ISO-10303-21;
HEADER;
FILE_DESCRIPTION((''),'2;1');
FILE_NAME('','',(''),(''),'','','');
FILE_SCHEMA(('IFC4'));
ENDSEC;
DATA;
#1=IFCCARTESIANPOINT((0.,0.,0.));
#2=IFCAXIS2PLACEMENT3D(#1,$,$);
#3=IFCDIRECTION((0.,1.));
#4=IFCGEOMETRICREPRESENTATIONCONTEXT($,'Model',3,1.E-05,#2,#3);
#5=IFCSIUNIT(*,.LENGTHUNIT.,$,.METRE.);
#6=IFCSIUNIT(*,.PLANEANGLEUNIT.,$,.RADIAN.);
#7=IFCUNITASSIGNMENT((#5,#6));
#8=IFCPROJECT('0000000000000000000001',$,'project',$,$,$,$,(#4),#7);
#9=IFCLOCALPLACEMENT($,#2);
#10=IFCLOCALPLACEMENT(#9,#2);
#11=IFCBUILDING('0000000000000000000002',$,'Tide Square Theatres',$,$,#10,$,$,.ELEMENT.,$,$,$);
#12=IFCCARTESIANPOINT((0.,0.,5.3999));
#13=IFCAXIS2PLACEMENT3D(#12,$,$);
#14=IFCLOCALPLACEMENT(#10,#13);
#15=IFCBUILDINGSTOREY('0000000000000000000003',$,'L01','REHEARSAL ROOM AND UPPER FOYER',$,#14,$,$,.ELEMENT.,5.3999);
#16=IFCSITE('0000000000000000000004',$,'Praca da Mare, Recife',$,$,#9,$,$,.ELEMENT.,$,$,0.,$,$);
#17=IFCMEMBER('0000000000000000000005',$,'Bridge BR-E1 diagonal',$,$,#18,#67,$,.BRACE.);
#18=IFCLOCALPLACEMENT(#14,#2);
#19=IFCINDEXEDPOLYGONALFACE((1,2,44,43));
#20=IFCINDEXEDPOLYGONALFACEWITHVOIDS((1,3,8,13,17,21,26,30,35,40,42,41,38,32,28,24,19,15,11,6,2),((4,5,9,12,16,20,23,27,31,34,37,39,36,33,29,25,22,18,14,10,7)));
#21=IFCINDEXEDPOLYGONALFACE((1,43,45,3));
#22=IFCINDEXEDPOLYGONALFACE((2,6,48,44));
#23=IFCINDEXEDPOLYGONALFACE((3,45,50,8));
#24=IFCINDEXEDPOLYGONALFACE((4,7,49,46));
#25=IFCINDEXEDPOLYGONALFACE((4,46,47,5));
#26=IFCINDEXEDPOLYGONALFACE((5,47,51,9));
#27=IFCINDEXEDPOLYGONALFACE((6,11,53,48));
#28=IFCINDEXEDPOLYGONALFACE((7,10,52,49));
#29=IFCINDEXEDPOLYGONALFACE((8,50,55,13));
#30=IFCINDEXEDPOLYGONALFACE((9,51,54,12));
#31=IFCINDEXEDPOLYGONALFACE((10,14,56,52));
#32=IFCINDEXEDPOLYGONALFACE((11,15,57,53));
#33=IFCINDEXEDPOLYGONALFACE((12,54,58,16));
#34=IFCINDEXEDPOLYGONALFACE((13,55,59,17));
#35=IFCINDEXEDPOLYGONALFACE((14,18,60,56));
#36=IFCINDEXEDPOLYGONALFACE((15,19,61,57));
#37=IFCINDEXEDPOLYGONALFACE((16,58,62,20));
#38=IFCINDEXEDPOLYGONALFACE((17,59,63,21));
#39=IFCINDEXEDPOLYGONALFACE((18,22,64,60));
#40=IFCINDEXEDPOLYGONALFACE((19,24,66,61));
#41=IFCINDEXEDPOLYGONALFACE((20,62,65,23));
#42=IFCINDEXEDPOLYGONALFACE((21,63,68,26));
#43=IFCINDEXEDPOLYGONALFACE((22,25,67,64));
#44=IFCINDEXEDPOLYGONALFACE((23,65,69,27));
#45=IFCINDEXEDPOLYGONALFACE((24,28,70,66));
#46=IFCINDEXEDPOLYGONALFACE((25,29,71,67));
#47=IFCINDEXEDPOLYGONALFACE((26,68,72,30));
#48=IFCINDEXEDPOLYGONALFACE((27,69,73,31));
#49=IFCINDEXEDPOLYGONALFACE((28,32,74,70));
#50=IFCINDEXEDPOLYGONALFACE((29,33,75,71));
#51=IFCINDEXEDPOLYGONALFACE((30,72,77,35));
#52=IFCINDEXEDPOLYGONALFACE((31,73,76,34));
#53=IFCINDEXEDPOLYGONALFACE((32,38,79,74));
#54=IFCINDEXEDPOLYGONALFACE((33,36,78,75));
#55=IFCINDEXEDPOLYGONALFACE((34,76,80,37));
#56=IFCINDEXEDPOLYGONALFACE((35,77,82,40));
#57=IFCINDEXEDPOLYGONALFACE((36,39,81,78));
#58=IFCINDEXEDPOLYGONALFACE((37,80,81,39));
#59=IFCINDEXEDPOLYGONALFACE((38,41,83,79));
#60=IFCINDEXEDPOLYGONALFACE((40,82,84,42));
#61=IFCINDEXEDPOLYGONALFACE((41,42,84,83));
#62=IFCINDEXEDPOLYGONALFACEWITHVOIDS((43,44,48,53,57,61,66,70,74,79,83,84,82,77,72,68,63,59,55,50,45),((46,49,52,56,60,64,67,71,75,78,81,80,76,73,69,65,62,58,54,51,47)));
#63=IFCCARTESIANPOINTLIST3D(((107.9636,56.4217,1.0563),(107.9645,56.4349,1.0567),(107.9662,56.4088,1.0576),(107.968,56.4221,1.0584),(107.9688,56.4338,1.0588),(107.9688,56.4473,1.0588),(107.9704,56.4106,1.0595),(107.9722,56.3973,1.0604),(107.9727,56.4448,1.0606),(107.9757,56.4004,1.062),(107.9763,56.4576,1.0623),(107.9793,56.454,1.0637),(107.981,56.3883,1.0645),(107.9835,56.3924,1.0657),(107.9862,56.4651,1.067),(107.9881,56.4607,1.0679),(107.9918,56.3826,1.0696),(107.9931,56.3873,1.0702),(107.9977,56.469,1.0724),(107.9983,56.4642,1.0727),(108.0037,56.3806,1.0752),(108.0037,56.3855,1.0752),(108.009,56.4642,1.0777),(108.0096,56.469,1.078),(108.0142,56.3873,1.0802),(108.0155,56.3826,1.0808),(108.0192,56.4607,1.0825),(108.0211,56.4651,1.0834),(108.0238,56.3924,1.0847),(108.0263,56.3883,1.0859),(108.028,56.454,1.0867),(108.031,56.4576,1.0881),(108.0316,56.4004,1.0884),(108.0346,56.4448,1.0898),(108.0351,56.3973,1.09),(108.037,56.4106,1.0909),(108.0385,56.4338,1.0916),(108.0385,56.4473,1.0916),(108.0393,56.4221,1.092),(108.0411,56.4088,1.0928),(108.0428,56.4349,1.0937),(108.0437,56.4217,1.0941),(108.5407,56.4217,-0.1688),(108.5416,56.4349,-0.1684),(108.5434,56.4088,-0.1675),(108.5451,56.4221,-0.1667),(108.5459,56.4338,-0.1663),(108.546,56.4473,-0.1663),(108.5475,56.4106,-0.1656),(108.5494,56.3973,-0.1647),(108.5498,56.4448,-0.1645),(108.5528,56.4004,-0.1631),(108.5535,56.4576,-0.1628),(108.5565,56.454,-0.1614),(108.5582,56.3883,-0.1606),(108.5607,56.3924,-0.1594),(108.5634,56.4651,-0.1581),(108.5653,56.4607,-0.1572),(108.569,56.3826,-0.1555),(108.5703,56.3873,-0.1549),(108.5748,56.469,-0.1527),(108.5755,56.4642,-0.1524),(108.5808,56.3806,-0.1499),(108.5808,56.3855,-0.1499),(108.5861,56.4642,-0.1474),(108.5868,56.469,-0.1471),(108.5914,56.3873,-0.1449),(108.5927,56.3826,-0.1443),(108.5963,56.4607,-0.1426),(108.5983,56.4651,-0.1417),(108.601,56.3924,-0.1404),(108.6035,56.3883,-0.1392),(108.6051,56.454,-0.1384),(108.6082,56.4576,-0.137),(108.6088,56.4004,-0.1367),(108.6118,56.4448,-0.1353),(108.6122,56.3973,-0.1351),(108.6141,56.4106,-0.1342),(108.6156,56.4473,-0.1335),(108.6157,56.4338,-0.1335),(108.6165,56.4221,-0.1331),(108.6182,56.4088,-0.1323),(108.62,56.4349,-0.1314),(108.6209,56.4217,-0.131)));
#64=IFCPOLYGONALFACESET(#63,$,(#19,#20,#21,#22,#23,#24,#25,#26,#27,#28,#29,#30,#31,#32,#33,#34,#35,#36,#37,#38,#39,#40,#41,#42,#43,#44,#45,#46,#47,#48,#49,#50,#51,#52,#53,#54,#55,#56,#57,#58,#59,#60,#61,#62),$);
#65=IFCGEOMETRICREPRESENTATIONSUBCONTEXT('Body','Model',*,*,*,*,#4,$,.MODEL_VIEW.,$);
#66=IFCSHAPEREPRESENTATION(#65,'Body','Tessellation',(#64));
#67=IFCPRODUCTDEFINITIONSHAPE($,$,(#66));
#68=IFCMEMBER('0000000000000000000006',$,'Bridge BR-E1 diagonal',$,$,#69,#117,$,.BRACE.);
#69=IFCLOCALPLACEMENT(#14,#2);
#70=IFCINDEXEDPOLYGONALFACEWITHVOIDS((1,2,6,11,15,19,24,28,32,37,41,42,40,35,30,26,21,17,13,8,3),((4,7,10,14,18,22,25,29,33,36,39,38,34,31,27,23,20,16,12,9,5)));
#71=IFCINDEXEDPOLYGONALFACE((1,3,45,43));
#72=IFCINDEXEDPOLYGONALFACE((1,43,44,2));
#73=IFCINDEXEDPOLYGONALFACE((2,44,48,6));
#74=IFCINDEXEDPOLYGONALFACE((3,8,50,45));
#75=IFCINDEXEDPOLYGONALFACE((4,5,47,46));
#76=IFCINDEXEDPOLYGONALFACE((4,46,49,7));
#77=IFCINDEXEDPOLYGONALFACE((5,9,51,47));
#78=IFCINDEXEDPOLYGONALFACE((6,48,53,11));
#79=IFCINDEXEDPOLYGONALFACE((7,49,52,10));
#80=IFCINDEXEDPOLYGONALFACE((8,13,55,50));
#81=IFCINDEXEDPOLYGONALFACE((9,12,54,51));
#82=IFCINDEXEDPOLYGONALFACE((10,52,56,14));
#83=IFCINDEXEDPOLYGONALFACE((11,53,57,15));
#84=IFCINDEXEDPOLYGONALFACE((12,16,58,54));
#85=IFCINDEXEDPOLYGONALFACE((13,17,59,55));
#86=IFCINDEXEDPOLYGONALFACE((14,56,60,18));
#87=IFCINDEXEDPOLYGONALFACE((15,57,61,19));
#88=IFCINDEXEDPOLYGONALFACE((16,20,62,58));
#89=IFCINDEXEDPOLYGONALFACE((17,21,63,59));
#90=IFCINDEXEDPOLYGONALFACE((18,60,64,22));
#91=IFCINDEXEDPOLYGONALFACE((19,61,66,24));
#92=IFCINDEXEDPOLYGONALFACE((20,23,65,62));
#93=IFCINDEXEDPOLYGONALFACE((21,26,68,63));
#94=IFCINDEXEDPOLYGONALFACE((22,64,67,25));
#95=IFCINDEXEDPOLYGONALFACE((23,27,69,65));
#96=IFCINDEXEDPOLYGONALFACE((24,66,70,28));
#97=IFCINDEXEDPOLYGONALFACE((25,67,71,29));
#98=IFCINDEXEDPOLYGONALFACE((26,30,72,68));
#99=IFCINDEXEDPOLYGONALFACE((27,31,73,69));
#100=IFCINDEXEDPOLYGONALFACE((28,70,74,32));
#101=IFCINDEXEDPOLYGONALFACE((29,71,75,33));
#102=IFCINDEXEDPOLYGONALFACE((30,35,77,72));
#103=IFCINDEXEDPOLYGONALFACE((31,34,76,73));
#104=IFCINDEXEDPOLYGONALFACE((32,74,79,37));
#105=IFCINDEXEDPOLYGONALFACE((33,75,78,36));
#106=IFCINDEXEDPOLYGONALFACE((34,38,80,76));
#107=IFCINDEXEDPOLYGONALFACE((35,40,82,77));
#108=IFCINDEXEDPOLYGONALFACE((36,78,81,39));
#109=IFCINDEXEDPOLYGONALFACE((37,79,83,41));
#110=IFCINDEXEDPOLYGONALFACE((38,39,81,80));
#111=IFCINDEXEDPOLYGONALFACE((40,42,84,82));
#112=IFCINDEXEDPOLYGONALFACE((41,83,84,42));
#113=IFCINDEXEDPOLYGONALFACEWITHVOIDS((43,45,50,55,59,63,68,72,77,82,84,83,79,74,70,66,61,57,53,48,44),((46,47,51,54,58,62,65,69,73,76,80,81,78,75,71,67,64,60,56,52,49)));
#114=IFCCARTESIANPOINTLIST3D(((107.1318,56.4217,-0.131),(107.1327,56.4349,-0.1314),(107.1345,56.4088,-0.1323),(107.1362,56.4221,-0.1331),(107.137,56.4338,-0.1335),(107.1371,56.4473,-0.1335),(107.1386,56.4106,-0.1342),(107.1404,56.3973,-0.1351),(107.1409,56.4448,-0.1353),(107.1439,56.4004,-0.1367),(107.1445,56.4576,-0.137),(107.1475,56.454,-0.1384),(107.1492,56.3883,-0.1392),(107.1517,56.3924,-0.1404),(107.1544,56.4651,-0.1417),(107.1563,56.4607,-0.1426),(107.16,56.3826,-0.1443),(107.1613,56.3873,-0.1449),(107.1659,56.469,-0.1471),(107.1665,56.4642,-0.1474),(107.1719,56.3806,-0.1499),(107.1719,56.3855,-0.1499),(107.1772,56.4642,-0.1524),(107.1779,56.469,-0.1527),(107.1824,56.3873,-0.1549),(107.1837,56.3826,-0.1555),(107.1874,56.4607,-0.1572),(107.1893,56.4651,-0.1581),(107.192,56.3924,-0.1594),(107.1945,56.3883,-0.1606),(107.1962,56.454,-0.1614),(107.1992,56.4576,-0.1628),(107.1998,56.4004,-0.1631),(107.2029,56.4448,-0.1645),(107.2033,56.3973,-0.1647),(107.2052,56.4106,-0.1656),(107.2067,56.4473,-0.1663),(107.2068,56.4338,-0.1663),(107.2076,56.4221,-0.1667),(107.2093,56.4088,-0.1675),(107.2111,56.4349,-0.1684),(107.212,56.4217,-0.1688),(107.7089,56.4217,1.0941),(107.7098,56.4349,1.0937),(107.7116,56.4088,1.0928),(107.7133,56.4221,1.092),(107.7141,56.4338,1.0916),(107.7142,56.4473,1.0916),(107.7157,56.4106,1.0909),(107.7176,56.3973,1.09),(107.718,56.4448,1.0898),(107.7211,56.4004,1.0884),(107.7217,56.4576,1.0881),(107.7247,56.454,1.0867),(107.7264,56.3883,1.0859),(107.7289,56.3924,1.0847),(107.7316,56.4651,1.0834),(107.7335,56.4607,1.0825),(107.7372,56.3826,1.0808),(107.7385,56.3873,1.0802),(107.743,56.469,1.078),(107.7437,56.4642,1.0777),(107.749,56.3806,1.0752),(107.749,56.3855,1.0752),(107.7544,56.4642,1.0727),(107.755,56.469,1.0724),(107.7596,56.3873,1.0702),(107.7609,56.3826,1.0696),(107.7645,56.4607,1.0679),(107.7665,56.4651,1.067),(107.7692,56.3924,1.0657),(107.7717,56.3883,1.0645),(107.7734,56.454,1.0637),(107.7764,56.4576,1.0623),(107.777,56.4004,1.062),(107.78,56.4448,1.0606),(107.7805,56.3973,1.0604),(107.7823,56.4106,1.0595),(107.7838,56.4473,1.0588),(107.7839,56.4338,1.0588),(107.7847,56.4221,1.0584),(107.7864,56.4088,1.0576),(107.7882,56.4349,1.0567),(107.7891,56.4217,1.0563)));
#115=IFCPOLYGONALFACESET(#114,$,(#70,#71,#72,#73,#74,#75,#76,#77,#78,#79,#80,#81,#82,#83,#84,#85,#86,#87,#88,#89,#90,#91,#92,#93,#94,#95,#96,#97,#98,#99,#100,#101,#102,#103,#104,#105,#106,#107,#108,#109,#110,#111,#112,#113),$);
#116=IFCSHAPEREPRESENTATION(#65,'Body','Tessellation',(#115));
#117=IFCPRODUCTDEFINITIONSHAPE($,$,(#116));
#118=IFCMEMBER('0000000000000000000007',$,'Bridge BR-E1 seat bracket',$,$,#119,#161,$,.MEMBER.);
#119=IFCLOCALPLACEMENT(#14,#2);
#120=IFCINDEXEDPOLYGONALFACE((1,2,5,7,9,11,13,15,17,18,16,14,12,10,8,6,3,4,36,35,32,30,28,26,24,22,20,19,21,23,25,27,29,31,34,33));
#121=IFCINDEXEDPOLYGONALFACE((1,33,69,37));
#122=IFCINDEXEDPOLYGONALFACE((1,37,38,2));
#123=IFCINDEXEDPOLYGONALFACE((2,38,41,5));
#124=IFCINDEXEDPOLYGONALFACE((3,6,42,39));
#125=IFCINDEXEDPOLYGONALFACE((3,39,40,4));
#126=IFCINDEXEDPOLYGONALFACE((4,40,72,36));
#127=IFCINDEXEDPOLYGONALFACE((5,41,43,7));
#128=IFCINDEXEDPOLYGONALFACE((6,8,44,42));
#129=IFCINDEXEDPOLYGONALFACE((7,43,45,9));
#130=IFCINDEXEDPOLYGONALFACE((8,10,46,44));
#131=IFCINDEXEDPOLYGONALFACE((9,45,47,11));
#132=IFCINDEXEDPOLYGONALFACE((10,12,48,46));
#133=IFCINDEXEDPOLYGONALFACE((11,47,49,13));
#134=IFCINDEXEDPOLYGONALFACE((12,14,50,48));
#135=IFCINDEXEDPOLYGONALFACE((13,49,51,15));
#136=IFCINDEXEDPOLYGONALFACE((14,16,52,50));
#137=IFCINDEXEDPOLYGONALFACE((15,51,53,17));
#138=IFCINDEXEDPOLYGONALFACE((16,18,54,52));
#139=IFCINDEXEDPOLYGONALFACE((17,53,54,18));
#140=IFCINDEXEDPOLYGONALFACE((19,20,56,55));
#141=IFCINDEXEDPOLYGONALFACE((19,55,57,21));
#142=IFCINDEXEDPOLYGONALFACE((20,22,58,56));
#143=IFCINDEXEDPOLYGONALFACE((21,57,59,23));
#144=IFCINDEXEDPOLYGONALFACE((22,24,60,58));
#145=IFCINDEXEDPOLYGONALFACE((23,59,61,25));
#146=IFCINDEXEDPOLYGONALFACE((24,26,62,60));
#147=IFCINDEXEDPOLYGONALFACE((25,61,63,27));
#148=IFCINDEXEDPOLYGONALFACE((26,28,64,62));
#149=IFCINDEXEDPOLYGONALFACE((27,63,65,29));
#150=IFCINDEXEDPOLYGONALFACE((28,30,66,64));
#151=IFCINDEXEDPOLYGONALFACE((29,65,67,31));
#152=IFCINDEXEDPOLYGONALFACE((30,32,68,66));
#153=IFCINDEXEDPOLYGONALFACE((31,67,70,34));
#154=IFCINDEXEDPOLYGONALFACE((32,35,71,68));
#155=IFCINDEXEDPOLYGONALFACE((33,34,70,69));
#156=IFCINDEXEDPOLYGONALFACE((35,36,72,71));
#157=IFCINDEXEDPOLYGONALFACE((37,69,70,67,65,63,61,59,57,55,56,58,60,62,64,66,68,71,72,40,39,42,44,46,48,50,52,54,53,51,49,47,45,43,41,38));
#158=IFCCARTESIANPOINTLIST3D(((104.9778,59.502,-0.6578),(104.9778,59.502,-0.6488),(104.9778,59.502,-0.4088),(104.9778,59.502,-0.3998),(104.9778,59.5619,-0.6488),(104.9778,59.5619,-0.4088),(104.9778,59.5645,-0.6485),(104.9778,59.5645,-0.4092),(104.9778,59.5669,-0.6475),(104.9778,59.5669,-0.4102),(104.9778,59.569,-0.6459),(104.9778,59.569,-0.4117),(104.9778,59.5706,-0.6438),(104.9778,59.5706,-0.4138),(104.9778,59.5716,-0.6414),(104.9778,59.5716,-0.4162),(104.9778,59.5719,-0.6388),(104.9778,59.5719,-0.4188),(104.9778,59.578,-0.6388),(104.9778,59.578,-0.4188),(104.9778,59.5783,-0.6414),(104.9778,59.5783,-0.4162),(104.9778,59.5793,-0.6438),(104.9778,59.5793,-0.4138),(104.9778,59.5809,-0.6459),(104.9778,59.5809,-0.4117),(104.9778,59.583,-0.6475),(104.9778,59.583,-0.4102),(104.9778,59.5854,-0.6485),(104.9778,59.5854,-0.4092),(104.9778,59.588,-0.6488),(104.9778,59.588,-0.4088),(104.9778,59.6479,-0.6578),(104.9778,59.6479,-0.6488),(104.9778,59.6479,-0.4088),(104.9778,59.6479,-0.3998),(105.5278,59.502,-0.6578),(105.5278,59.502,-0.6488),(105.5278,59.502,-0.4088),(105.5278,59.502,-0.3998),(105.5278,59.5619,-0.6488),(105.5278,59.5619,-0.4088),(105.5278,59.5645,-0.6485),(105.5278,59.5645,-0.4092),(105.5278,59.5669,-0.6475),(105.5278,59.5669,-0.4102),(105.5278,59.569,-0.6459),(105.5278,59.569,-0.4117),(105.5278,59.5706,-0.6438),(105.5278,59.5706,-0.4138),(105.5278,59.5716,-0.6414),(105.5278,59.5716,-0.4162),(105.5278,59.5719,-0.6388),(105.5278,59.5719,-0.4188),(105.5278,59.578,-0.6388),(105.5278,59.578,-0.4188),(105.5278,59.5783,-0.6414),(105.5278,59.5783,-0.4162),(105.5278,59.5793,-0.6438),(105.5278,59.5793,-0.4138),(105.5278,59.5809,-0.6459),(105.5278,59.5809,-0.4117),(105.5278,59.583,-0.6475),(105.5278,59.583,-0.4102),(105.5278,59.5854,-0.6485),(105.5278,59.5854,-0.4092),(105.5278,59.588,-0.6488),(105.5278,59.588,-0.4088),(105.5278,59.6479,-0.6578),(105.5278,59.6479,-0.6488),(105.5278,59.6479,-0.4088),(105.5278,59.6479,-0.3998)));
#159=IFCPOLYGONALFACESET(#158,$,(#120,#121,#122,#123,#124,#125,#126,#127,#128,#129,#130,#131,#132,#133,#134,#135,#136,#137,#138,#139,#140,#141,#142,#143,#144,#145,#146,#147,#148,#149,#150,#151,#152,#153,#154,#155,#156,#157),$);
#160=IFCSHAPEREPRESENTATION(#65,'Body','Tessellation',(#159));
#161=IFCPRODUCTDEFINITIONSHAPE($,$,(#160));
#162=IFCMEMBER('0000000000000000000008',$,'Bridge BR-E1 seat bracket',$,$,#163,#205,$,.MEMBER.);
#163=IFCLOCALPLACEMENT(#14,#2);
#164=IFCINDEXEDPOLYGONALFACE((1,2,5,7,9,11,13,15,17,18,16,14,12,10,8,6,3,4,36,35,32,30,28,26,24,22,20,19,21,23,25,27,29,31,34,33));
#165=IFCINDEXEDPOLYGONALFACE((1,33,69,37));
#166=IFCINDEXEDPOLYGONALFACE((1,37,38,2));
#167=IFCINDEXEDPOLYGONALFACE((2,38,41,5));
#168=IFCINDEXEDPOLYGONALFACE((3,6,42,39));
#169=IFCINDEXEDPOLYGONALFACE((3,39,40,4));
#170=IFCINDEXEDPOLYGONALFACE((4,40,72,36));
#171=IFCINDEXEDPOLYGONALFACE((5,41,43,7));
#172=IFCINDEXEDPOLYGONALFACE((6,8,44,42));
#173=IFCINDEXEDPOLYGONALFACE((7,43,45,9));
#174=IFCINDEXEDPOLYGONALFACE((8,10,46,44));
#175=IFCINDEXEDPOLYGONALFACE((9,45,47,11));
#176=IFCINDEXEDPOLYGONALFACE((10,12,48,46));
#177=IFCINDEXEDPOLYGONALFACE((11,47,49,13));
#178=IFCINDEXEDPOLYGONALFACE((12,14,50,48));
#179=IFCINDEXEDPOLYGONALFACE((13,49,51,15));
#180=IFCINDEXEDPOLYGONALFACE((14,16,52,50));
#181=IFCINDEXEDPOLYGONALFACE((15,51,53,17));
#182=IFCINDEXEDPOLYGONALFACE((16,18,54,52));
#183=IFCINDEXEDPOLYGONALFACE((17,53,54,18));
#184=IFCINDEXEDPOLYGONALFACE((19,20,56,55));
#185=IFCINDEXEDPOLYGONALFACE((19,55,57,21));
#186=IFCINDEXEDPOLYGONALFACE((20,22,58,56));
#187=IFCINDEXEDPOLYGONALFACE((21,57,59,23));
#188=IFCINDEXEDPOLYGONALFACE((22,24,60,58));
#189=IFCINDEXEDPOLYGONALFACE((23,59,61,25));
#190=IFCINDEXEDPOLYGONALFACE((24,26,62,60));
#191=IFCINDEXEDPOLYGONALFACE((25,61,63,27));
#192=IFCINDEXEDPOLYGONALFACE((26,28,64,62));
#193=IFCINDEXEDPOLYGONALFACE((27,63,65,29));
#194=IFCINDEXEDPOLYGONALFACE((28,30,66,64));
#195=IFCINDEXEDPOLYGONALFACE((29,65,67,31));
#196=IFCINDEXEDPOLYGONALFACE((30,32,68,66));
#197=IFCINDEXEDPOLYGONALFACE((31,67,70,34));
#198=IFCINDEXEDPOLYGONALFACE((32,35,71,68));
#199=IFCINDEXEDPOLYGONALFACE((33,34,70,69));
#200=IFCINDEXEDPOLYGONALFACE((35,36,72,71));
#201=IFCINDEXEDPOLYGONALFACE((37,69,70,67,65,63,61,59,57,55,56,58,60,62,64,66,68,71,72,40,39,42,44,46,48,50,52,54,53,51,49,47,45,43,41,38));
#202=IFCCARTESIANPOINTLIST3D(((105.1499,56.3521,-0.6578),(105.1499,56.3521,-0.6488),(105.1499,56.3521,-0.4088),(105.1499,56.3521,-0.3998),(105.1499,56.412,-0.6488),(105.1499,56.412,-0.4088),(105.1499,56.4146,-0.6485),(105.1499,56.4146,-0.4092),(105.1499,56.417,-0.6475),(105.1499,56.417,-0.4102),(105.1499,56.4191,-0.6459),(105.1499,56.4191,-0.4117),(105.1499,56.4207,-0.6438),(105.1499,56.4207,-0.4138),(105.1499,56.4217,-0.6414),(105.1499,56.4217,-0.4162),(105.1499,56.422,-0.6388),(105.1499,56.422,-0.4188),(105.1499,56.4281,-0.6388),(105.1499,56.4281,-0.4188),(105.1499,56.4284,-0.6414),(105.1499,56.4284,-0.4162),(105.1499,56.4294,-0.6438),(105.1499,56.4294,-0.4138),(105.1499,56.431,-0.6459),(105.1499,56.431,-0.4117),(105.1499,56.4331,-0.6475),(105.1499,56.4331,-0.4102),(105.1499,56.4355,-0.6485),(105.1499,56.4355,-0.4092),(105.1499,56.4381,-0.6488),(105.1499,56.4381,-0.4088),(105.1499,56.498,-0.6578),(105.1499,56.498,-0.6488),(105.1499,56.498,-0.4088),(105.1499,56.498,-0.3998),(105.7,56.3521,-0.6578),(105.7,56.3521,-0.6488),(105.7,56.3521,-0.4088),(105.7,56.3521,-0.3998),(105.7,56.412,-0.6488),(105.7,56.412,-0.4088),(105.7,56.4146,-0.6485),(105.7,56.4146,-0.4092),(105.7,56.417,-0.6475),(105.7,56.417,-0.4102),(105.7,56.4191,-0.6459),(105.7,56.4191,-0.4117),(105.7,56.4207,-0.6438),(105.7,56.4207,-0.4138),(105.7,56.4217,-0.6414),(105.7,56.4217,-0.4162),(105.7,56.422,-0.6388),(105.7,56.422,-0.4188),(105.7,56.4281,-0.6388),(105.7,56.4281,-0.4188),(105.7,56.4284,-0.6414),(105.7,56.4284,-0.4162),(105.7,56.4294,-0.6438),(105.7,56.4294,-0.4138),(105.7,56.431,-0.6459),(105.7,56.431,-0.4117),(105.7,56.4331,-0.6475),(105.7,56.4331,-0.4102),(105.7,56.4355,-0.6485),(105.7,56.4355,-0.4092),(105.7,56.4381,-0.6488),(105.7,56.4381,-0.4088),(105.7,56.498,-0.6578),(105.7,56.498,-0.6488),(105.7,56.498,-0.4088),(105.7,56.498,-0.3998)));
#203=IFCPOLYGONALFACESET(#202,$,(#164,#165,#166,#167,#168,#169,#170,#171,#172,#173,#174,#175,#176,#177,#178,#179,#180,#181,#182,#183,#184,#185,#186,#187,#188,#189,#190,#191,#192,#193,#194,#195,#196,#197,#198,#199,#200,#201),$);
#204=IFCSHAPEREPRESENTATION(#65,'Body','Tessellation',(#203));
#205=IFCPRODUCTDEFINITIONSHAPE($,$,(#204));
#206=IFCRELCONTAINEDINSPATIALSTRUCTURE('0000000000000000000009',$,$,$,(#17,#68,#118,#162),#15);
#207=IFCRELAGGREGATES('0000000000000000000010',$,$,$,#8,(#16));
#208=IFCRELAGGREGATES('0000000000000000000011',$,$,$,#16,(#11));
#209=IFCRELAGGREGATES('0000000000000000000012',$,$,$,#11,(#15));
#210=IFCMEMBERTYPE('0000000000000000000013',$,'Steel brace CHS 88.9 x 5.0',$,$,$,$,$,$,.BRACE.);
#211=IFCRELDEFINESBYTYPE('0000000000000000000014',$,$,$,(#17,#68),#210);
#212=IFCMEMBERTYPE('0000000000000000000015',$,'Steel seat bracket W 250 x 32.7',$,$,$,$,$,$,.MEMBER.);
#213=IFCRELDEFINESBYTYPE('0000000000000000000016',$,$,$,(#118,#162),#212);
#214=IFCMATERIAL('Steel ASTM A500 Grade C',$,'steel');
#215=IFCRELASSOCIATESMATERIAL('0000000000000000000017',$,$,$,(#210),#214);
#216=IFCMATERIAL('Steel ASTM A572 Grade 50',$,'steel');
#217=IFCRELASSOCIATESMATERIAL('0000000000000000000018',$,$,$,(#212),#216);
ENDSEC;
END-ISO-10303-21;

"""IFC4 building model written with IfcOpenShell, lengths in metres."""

from ifc_helpers import new_model, si_unit, direction, frame, origin, origin_2d, place, context, subcontext, project, spatial, hollow_circle, i_section, extrude, material, material_profile, profile_set, type_object, element, save


model = new_model("IFC4")

# Units and contexts
model_context = context("Model", 3, precision=1e-05, world=origin(), true_north=direction((0.0, 1.0)))
body_context = subcontext(model_context, "Body", "Model", "MODEL_VIEW")
ifc_project = project(units=[si_unit("LENGTHUNIT", "METRE"), si_unit("PLANEANGLEUNIT", "RADIAN")], contexts=[model_context])

# Site, building, storey
site_placement = place(None, origin())
site = spatial("IfcSite", under=ifc_project, at=site_placement, Name="Praca da Mare, Recife", CompositionType="ELEMENT", RefElevation=0.0)
building_placement = place(site_placement, origin())
building = spatial("IfcBuilding", under=site, at=building_placement, Name="Tide Square Theatres", CompositionType="ELEMENT")
storey_placement = place(building_placement, frame((0.0, 0.0, 5.3999)))
storey = spatial("IfcBuildingStorey", under=building, at=storey_placement, Name="L01", Description="REHEARSAL ROOM AND UPPER FOYER", CompositionType="ELEMENT", Elevation=5.3999)

# Members
ifc_material_1 = material(Name="Steel ASTM A500 Grade C", Category="steel")
ifc_material_profile_1 = material_profile(ifc_material_1, hollow_circle(Radius=0.0444, WallThickness=0.0049, at=origin_2d()))
ifc_profile_set_1 = profile_set([ifc_material_profile_1], Name="Steel ASTM A500 Grade C")
member_type_1 = type_object("IfcMemberType", Name="Steel brace CHS 88.9 x 5.0", PredefinedType="BRACE", material=ifc_profile_set_1)
for number, where, z_axis, x_axis, name in (
    (1, (108.5808, 56.425, -0.1499), (-0.426179, 0.0, 0.904639), (0.0, -1.0, 0.0), "Bridge BR-E1 diagonal"),
    (2, (107.749, 56.425, 1.0752), (-0.426179, 0.0, -0.904639), (0.0, -1.0, 0.0), "Bridge BR-E1 diagonal"),
):
    element("IfcMember", number, at=place(storey_placement, frame(where, z_axis=z_axis, x_axis=x_axis)), inside=storey, type_object=member_type_1, Name=name, PredefinedType="BRACE", context=body_context, shape_type="SweptSolid", body=[
        extrude(hollow_circle(Radius=0.0444, WallThickness=0.0049, at=origin_2d()), origin(), (0.0, 0.0, 1.0), 1.3542),
    ])
ifc_material_2 = material(Name="Steel ASTM A572 Grade 50", Category="steel")
ifc_material_profile_2 = material_profile(ifc_material_2, i_section(OverallWidth=0.146, OverallDepth=0.2581, WebThickness=0.0061, FlangeThickness=0.009, FilletRadius=0.01, at=origin_2d()))
ifc_profile_set_2 = profile_set([ifc_material_profile_2], Name="Steel ASTM A572 Grade 50")
member_type_2 = type_object("IfcMemberType", Name="Steel seat bracket W 250 x 32.7", PredefinedType="MEMBER", material=ifc_profile_set_2)
for number, where, z_axis, x_axis, name in (
    (3, (104.9778, 59.575, -0.5288), (1.0, 0.0, 0.0), (0.0, 1.0, 0.0), "Bridge BR-E1 seat bracket"),
    (4, (105.1499, 56.425, -0.5288), (1.0, 0.0, 0.0), (0.0, 1.0, 0.0), "Bridge BR-E1 seat bracket"),
):
    element("IfcMember", number, at=place(storey_placement, frame(where, z_axis=z_axis, x_axis=x_axis)), inside=storey, type_object=member_type_2, Name=name, PredefinedType="MEMBER", context=body_context, shape_type="SweptSolid", body=[
        extrude(i_section(OverallWidth=0.146, OverallDepth=0.2581, WebThickness=0.0061, FlangeThickness=0.009, FilletRadius=0.01, at=origin_2d()), origin(), (0.0, 0.0, 1.0), 0.55),
    ])

save(model, "model.ifc")
